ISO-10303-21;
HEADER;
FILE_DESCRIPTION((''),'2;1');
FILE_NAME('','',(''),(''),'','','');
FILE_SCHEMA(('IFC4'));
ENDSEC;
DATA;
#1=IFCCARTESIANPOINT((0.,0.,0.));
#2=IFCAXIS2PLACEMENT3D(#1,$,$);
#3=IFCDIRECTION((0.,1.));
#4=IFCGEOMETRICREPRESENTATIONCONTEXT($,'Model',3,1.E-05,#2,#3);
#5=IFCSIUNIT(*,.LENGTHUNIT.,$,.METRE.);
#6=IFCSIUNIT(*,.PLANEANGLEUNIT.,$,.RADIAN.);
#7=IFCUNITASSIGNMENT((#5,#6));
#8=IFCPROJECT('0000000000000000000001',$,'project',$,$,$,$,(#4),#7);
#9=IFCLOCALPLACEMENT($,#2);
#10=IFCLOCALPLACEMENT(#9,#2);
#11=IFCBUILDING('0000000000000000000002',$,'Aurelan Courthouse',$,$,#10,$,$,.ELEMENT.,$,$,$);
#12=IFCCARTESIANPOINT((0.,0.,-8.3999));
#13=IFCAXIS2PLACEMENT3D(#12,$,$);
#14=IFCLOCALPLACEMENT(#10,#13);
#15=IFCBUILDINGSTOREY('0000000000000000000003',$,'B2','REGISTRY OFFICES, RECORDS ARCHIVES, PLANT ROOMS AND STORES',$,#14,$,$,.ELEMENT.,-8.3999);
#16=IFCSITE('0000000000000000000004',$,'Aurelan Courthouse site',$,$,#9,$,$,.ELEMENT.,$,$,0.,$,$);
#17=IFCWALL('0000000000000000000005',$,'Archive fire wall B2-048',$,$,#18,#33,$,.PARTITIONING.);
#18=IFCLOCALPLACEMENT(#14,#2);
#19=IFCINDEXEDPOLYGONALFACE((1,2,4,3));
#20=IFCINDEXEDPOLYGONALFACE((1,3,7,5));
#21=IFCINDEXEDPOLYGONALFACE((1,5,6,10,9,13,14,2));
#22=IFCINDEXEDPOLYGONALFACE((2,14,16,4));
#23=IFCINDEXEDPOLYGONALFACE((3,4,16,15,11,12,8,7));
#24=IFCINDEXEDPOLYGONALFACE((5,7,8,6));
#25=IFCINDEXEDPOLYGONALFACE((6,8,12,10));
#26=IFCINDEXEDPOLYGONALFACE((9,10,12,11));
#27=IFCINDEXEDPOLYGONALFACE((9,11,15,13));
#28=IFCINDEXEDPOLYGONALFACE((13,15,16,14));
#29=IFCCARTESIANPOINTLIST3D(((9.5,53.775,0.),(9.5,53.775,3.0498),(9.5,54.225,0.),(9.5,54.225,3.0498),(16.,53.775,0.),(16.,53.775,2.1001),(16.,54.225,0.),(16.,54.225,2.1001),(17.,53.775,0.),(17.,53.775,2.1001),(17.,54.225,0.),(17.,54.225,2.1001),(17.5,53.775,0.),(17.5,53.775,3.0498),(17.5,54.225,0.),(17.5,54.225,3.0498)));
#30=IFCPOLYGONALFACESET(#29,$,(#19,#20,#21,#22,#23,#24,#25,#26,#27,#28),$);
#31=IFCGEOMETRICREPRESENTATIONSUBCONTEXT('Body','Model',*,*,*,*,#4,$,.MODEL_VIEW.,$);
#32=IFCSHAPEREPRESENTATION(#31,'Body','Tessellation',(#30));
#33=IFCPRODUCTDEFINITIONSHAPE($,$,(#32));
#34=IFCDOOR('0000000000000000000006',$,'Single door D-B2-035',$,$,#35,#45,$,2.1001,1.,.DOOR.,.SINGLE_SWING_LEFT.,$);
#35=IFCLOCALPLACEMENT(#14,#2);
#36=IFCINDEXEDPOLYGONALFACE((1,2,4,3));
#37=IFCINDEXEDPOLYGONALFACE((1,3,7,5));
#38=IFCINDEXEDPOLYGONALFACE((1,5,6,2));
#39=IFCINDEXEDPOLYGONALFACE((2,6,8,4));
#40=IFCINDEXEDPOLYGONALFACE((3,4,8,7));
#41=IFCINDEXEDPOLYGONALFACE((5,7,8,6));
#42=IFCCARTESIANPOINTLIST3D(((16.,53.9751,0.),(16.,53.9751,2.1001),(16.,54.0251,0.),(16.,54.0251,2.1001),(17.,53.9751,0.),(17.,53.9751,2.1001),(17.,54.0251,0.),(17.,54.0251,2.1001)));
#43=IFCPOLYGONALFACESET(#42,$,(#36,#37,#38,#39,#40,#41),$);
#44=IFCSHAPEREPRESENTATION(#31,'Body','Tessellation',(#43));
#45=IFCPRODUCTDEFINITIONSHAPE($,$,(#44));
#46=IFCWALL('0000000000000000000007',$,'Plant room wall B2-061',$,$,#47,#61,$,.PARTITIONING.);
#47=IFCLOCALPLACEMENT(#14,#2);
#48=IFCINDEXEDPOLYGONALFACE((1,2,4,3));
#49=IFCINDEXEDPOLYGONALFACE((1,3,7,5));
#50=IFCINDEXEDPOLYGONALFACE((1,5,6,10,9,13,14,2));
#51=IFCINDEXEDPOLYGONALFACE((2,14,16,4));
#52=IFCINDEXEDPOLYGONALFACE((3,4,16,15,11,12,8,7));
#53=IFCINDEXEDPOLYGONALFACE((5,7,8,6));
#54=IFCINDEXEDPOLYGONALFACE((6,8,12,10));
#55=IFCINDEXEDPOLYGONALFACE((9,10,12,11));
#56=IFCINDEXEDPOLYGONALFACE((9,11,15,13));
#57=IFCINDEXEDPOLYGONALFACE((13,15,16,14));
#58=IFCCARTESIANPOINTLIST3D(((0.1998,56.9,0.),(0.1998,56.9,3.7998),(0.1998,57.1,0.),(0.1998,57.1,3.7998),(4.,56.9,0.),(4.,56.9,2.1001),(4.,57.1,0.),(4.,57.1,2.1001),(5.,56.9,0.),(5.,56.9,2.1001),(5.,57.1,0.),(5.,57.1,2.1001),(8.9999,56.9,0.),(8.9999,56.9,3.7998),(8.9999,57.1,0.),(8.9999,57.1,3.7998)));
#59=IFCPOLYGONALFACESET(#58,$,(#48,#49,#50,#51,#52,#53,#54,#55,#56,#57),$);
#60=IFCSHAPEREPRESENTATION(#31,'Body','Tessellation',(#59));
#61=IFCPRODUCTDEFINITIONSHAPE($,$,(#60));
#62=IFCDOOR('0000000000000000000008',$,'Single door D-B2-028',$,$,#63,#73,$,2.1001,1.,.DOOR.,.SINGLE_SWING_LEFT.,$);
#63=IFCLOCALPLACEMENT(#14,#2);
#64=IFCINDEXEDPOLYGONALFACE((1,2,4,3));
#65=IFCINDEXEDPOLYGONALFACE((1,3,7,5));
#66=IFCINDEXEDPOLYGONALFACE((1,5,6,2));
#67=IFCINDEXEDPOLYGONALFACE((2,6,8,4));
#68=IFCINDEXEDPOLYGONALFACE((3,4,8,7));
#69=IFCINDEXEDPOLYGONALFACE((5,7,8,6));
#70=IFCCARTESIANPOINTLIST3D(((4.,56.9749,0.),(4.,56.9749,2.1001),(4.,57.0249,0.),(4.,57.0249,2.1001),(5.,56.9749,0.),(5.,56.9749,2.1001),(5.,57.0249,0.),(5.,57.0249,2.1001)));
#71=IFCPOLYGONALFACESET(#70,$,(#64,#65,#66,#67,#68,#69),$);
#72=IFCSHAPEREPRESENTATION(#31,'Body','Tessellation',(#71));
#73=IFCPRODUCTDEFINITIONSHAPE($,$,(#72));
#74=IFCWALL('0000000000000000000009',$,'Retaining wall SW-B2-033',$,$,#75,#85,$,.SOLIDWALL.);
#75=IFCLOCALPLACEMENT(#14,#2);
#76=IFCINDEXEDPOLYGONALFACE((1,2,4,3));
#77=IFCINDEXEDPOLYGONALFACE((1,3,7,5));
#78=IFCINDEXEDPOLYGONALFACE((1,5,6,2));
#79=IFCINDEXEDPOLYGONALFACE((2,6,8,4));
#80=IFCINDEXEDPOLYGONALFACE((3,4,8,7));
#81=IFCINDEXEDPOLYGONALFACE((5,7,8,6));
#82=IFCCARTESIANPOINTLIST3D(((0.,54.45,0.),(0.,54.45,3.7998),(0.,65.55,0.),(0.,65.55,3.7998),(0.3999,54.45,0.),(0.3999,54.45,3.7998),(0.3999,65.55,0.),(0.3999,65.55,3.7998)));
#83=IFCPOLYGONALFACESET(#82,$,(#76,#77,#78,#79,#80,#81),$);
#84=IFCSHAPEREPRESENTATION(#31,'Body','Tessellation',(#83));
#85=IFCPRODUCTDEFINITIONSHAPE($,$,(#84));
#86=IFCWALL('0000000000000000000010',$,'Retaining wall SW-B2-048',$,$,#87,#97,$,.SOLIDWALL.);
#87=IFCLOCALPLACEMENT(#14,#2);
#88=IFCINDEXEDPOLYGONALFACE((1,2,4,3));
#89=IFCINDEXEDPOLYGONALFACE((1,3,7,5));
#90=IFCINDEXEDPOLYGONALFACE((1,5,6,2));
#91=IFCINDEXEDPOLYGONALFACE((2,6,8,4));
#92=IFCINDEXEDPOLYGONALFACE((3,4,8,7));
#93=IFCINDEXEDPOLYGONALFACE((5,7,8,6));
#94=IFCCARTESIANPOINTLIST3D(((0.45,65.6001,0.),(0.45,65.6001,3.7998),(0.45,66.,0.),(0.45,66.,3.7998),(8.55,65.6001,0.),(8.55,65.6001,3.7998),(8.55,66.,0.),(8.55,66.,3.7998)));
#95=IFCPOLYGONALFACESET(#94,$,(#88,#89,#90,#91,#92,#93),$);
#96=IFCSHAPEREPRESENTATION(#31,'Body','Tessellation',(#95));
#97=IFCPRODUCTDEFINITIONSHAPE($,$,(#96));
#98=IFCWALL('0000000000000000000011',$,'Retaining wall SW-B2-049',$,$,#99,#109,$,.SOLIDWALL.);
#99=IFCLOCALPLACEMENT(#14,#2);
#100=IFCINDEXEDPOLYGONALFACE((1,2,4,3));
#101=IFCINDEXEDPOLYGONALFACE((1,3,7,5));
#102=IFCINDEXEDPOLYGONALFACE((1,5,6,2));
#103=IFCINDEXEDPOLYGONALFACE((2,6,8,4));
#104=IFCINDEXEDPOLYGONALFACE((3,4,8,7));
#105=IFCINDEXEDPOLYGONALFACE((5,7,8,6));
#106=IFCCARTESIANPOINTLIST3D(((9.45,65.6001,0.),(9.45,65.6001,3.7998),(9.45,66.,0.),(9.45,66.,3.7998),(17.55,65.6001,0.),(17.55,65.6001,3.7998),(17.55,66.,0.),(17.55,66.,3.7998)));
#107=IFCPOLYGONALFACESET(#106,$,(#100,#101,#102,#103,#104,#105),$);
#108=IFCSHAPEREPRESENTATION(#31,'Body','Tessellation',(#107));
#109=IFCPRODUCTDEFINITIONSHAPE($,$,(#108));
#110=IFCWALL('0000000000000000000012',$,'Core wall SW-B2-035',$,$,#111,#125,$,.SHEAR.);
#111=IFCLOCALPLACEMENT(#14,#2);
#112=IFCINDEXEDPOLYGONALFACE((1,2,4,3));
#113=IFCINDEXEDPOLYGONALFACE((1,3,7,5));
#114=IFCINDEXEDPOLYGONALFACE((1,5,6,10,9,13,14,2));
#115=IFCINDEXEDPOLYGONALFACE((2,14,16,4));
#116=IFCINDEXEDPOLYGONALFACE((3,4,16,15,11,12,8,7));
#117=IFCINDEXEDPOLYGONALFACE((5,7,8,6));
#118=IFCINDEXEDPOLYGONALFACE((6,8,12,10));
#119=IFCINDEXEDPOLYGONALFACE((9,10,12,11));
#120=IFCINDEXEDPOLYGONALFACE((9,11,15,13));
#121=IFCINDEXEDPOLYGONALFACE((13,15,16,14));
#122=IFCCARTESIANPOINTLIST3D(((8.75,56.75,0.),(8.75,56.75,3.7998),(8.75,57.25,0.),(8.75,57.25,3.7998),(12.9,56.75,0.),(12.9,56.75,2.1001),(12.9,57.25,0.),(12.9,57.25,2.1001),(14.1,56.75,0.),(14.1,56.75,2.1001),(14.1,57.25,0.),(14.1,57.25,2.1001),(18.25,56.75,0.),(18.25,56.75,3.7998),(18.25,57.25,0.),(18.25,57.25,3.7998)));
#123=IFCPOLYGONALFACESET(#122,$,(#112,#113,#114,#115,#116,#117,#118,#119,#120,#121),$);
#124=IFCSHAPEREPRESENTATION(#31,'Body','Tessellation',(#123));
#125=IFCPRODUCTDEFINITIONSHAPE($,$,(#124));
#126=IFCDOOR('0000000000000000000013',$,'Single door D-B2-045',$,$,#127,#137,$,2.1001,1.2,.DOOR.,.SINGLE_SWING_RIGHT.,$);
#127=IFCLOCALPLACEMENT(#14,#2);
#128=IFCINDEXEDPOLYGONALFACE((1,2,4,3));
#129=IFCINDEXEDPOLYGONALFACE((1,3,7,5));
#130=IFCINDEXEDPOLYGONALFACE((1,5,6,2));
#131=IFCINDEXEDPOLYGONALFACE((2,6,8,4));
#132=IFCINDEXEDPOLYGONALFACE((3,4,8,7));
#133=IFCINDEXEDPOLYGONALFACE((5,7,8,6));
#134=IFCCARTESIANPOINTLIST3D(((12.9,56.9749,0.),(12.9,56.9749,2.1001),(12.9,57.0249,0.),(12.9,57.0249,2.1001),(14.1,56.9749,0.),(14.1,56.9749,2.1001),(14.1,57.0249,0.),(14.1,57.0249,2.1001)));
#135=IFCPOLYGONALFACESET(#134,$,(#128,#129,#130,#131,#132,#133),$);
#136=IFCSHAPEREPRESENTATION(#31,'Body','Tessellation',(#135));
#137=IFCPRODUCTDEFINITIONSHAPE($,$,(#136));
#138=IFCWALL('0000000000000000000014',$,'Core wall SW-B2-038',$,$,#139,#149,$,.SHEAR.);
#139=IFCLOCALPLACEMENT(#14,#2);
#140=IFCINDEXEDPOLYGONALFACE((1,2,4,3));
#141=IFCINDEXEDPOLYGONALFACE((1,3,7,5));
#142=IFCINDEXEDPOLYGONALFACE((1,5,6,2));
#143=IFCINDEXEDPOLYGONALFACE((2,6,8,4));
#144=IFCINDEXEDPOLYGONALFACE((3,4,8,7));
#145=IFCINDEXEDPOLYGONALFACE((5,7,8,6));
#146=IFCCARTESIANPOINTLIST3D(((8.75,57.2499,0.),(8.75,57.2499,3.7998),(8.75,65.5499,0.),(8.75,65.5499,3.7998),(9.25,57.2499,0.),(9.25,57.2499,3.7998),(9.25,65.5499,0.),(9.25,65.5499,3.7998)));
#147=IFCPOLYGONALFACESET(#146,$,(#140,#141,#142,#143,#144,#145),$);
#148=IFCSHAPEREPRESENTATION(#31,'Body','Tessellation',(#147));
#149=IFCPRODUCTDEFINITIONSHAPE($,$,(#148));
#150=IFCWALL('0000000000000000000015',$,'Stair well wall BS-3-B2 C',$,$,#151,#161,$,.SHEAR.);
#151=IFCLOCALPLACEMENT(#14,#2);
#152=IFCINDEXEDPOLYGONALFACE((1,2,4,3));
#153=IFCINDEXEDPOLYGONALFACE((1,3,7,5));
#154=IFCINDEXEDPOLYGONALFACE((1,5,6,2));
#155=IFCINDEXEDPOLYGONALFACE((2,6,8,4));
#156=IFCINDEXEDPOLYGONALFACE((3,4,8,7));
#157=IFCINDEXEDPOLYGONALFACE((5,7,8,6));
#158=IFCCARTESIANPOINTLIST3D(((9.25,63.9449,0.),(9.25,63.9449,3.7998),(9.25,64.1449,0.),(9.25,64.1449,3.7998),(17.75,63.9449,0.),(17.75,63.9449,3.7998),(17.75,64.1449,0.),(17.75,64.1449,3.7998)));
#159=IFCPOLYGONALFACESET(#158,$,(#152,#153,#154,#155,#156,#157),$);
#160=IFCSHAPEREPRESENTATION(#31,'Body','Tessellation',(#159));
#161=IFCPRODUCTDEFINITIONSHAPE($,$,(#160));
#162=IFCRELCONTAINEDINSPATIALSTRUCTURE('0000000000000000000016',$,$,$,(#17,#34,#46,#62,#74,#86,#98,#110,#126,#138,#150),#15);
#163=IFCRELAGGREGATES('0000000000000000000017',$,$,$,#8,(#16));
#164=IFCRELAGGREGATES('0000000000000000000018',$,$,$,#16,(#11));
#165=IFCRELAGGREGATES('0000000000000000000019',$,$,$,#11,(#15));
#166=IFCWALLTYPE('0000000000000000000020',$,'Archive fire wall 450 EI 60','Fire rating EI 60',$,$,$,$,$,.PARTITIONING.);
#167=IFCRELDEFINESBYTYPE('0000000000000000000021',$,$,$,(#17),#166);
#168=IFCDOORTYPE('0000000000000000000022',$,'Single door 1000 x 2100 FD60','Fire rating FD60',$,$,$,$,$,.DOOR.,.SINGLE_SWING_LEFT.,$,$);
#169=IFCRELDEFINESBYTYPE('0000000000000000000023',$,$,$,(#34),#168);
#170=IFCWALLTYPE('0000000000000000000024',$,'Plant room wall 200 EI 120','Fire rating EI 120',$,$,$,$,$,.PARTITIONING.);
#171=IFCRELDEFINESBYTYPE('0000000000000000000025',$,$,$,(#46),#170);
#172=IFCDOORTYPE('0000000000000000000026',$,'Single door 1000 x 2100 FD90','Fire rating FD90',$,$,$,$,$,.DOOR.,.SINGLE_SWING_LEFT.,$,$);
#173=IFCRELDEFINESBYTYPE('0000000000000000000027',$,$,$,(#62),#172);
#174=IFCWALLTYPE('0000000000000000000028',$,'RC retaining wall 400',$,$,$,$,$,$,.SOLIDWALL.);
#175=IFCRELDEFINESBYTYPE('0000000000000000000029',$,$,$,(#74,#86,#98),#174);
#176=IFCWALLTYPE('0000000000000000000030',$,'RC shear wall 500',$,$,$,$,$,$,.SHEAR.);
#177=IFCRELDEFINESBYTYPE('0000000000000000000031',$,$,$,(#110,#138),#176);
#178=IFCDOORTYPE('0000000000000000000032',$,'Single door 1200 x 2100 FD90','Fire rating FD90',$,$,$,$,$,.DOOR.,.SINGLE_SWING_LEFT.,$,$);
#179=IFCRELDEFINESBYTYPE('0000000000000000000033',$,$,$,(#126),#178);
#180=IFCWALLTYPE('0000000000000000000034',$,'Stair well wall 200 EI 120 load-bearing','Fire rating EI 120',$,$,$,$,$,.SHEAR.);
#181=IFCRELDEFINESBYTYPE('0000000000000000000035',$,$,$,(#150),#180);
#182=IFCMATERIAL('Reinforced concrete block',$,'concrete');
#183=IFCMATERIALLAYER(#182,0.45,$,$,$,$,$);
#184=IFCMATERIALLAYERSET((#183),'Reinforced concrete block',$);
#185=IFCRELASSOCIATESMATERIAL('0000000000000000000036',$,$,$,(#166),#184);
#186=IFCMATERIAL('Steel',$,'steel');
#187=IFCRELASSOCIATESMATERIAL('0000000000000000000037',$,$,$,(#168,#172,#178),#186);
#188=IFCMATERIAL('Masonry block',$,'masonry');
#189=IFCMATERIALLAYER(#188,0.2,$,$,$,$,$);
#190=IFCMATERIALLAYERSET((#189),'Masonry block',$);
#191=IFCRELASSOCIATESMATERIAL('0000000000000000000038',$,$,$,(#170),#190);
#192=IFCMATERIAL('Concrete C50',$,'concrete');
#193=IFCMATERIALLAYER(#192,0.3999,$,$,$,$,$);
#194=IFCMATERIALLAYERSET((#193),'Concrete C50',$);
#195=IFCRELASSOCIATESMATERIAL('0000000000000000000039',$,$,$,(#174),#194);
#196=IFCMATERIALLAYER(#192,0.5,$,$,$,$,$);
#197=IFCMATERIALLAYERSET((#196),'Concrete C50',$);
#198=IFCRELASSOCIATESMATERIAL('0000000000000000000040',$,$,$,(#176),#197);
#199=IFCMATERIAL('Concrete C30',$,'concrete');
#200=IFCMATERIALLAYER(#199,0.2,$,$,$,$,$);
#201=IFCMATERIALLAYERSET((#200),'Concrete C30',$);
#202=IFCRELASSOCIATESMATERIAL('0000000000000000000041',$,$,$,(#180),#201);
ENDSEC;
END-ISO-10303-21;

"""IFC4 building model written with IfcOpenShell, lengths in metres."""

from ifc_helpers import new_model, si_unit, direction, frame, frame_2d, origin, place, context, subcontext, project, spatial, rectangle, extrude, material, layer, layer_set, type_object, element, fill, save


model = new_model("IFC4")

# Units and contexts
model_context = context("Model", 3, precision=1e-05, world=origin(), true_north=direction((0.0, 1.0)))
body_context = subcontext(model_context, "Body", "Model", "MODEL_VIEW")
ifc_project = project(units=[si_unit("LENGTHUNIT", "METRE"), si_unit("PLANEANGLEUNIT", "RADIAN")], contexts=[model_context])

# Site, building, storey
site_placement = place(None, origin())
site = spatial("IfcSite", under=ifc_project, at=site_placement, Name="Aurelan Courthouse site", CompositionType="ELEMENT", RefElevation=0.0)
building_placement = place(site_placement, origin())
building = spatial("IfcBuilding", under=site, at=building_placement, Name="Aurelan Courthouse", CompositionType="ELEMENT")
storey_placement = place(building_placement, frame((0.0, 0.0, -8.3999)))
storey = spatial("IfcBuildingStorey", under=building, at=storey_placement, Name="B2", Description="REGISTRY OFFICES, RECORDS ARCHIVES, PLANT ROOMS AND STORES", CompositionType="ELEMENT", Elevation=-8.3999)

# Shared definitions
ifc_material_1 = material(Name="Concrete C50", Category="concrete")

# Walls, openings, doors
ifc_material_2 = material(Name="Reinforced concrete block", Category="concrete")
ifc_layer_1 = layer(ifc_material_2, 0.45)
ifc_layer_set_1 = layer_set([ifc_layer_1], Name="Reinforced concrete block")
wall_type_1 = type_object("IfcWallType", Name="Archive fire wall 450 EI 60", Description="Fire rating EI 60", PredefinedType="PARTITIONING", material=ifc_layer_set_1)
ifc_material_3 = material(Name="Steel", Category="steel")
wall_1_placement = place(storey_placement, frame((9.5, 54.0, 0.0), z_axis=(0.0, 0.0, 1.0), x_axis=(1.0, 0.0, 0.0)))
wall_1 = element("IfcWall", 1, at=wall_1_placement, inside=storey, type_object=wall_type_1, Name="Archive fire wall B2-048", PredefinedType="PARTITIONING", context=body_context, shape_type="SweptSolid", body=[
    extrude(rectangle(XDim=8.0, YDim=0.45, at=frame_2d((4.0, 0.0))), origin(), (0.0, 0.0, 1.0), 3.0498),
])
opening_1_placement = place(wall_1_placement, frame((7.5, 0.0, 0.0), z_axis=(0.0, 0.0, 1.0), x_axis=(-1.0, 0.0, 0.0)))
opening_1 = element("IfcOpeningElement", 2, at=opening_1_placement, cuts=wall_1, PredefinedType="OPENING", context=body_context, shape_type="SweptSolid", body=[
    extrude(rectangle(XDim=1.0, YDim=2.1001, at=frame_2d((0.5, 1.05))), frame((0.0, 0.2349, 0.0), z_axis=(0.0, -1.0, 0.0), x_axis=(1.0, 0.0, 0.0)), (0.0, 0.0, 1.0), 0.47),
])
door_type_1 = type_object("IfcDoorType", Name="Single door 1000 x 2100 FD60", Description="Fire rating FD60", OperationType="SINGLE_SWING_LEFT", PredefinedType="DOOR", material=ifc_material_3)
door_1_placement = place(opening_1_placement, origin())
door_1 = element("IfcDoor", 3, at=door_1_placement, inside=storey, type_object=door_type_1, Name="Single door D-B2-035", OperationType="SINGLE_SWING_LEFT", OverallHeight=2.1001, OverallWidth=1.0, PredefinedType="DOOR", context=body_context, shape_type="SweptSolid", body=[
    extrude(rectangle(XDim=1.0, YDim=2.1001, at=frame_2d((0.5, 1.05))), frame((0.0, 0.0249, 0.0), z_axis=(0.0, -1.0, 0.0), x_axis=(1.0, 0.0, 0.0)), (0.0, 0.0, 1.0), 0.05),
])
fill(opening_1, door_1)
ifc_material_4 = material(Name="Masonry block", Category="masonry")
ifc_layer_2 = layer(ifc_material_4, 0.2)
ifc_layer_set_2 = layer_set([ifc_layer_2], Name="Masonry block")
wall_type_2 = type_object("IfcWallType", Name="Plant room wall 200 EI 120", Description="Fire rating EI 120", PredefinedType="PARTITIONING", material=ifc_layer_set_2)
wall_2_placement = place(storey_placement, frame((0.2, 57.0, 0.0), z_axis=(0.0, 0.0, 1.0), x_axis=(1.0, 0.0, 0.0)))
wall_2 = element("IfcWall", 4, at=wall_2_placement, inside=storey, type_object=wall_type_2, Name="Plant room wall B2-061", PredefinedType="PARTITIONING", context=body_context, shape_type="SweptSolid", body=[
    extrude(rectangle(XDim=8.8, YDim=0.2, at=frame_2d((4.3999, 0.0))), origin(), (0.0, 0.0, 1.0), 3.7998),
])
opening_2_placement = place(wall_2_placement, frame((3.8, 0.0, 0.0)))
opening_2 = element("IfcOpeningElement", 5, at=opening_2_placement, cuts=wall_2, PredefinedType="OPENING", context=body_context, shape_type="SweptSolid", body=[
    extrude(rectangle(XDim=1.0, YDim=2.1001, at=frame_2d((0.5, 1.05))), frame((0.0, 0.1099, 0.0), z_axis=(0.0, -1.0, 0.0), x_axis=(1.0, 0.0, 0.0)), (0.0, 0.0, 1.0), 0.22),
])
door_type_2 = type_object("IfcDoorType", Name="Single door 1000 x 2100 FD90", Description="Fire rating FD90", OperationType="SINGLE_SWING_LEFT", PredefinedType="DOOR", material=ifc_material_3)
door_2_placement = place(opening_2_placement, origin())
door_2 = element("IfcDoor", 6, at=door_2_placement, inside=storey, type_object=door_type_2, Name="Single door D-B2-028", OperationType="SINGLE_SWING_LEFT", OverallHeight=2.1001, OverallWidth=1.0, PredefinedType="DOOR", context=body_context, shape_type="SweptSolid", body=[
    extrude(rectangle(XDim=1.0, YDim=2.1001, at=frame_2d((0.5, 1.05))), frame((0.0, 0.0249, 0.0), z_axis=(0.0, -1.0, 0.0), x_axis=(1.0, 0.0, 0.0)), (0.0, 0.0, 1.0), 0.05),
])
fill(opening_2, door_2)

# Walls
ifc_layer_3 = layer(ifc_material_1, 0.3999)
ifc_layer_set_3 = layer_set([ifc_layer_3], Name="Concrete C50")
wall_type_3 = type_object("IfcWallType", Name="RC retaining wall 400", PredefinedType="SOLIDWALL", material=ifc_layer_set_3)
wall_3_placement = place(storey_placement, frame((0.2, 54.45, 0.0), z_axis=(0.0, 0.0, 1.0), x_axis=(0.0, 1.0, 0.0)))
element("IfcWall", 7, at=wall_3_placement, inside=storey, type_object=wall_type_3, Name="Retaining wall SW-B2-033", PredefinedType="SOLIDWALL", context=body_context, shape_type="SweptSolid", body=[
    extrude(rectangle(XDim=11.1001, YDim=0.3999, at=frame_2d((5.55, 0.0))), origin(), (0.0, 0.0, 1.0), 3.7998),
])
for number, where, z_axis, x_axis, name in (
    (8, (0.45, 65.8, 0.0), (0.0, 0.0, 1.0), (1.0, 0.0, 0.0), "Retaining wall SW-B2-048"),
    (9, (9.45, 65.8, 0.0), (0.0, 0.0, 1.0), (1.0, 0.0, 0.0), "Retaining wall SW-B2-049"),
):
    element("IfcWall", number, at=place(storey_placement, frame(where, z_axis=z_axis, x_axis=x_axis)), inside=storey, type_object=wall_type_3, Name=name, PredefinedType="SOLIDWALL", context=body_context, shape_type="SweptSolid", body=[
        extrude(rectangle(XDim=8.1001, YDim=0.3999, at=frame_2d((4.05, 0.0))), origin(), (0.0, 0.0, 1.0), 3.7998),
    ])

# Wall, opening, door
ifc_layer_4 = layer(ifc_material_1, 0.5)
ifc_layer_set_4 = layer_set([ifc_layer_4], Name="Concrete C50")
wall_type_4 = type_object("IfcWallType", Name="RC shear wall 500", PredefinedType="SHEAR", material=ifc_layer_set_4)
wall_4_placement = place(storey_placement, frame((8.75, 57.0, 0.0), z_axis=(0.0, 0.0, 1.0), x_axis=(1.0, 0.0, 0.0)))
wall_4 = element("IfcWall", 10, at=wall_4_placement, inside=storey, type_object=wall_type_4, Name="Core wall SW-B2-035", PredefinedType="SHEAR", context=body_context, shape_type="SweptSolid", body=[
    extrude(rectangle(XDim=9.5, YDim=0.5, at=frame_2d((4.75, 0.0))), origin(), (0.0, 0.0, 1.0), 3.7998),
])
opening_3_placement = place(wall_4_placement, frame((4.1499, 0.0, 0.0)))
opening_3 = element("IfcOpeningElement", 11, at=opening_3_placement, cuts=wall_4, PredefinedType="OPENING", context=body_context, shape_type="SweptSolid", body=[
    extrude(rectangle(XDim=1.2, YDim=2.1001, at=frame_2d((0.6001, 1.05))), frame((0.0, 0.26, 0.0), z_axis=(0.0, -1.0, 0.0), x_axis=(1.0, 0.0, 0.0)), (0.0, 0.0, 1.0), 0.52),
])
door_type_3 = type_object("IfcDoorType", Name="Single door 1200 x 2100 FD90", Description="Fire rating FD90", OperationType="SINGLE_SWING_LEFT", PredefinedType="DOOR", material=ifc_material_3)
door_3_placement = place(opening_3_placement, origin())
door_3 = element("IfcDoor", 12, at=door_3_placement, inside=storey, type_object=door_type_3, Name="Single door D-B2-045", OperationType="SINGLE_SWING_RIGHT", OverallHeight=2.1001, OverallWidth=1.2, PredefinedType="DOOR", context=body_context, shape_type="SweptSolid", body=[
    extrude(rectangle(XDim=1.2, YDim=2.1001, at=frame_2d((0.6001, 1.05))), frame((0.0, 0.0249, 0.0), z_axis=(0.0, -1.0, 0.0), x_axis=(1.0, 0.0, 0.0)), (0.0, 0.0, 1.0), 0.05),
])
fill(opening_3, door_3)

# Walls
wall_5_placement = place(storey_placement, frame((9.0, 57.25, 0.0), z_axis=(0.0, 0.0, 1.0), x_axis=(0.0, 1.0, 0.0)))
element("IfcWall", 13, at=wall_5_placement, inside=storey, type_object=wall_type_4, Name="Core wall SW-B2-038", PredefinedType="SHEAR", context=body_context, shape_type="SweptSolid", body=[
    extrude(rectangle(XDim=8.3, YDim=0.5, at=frame_2d((4.1499, 0.0))), origin(), (0.0, 0.0, 1.0), 3.7998),
])
ifc_material_5 = material(Name="Concrete C30", Category="concrete")
ifc_layer_5 = layer(ifc_material_5, 0.2)
ifc_layer_set_5 = layer_set([ifc_layer_5], Name="Concrete C30")
wall_type_5 = type_object("IfcWallType", Name="Stair well wall 200 EI 120 load-bearing", Description="Fire rating EI 120", PredefinedType="SHEAR", material=ifc_layer_set_5)
wall_6_placement = place(storey_placement, frame((9.25, 64.0449, 0.0), z_axis=(0.0, 0.0, 1.0), x_axis=(1.0, 0.0, 0.0)))
element("IfcWall", 14, at=wall_6_placement, inside=storey, type_object=wall_type_5, Name="Stair well wall BS-3-B2 C", PredefinedType="SHEAR", context=body_context, shape_type="SweptSolid", body=[
    extrude(rectangle(XDim=8.5, YDim=0.2, at=frame_2d((4.25, 0.0))), origin(), (0.0, 0.0, 1.0), 3.7998),
])

save(model, "model.ifc")
